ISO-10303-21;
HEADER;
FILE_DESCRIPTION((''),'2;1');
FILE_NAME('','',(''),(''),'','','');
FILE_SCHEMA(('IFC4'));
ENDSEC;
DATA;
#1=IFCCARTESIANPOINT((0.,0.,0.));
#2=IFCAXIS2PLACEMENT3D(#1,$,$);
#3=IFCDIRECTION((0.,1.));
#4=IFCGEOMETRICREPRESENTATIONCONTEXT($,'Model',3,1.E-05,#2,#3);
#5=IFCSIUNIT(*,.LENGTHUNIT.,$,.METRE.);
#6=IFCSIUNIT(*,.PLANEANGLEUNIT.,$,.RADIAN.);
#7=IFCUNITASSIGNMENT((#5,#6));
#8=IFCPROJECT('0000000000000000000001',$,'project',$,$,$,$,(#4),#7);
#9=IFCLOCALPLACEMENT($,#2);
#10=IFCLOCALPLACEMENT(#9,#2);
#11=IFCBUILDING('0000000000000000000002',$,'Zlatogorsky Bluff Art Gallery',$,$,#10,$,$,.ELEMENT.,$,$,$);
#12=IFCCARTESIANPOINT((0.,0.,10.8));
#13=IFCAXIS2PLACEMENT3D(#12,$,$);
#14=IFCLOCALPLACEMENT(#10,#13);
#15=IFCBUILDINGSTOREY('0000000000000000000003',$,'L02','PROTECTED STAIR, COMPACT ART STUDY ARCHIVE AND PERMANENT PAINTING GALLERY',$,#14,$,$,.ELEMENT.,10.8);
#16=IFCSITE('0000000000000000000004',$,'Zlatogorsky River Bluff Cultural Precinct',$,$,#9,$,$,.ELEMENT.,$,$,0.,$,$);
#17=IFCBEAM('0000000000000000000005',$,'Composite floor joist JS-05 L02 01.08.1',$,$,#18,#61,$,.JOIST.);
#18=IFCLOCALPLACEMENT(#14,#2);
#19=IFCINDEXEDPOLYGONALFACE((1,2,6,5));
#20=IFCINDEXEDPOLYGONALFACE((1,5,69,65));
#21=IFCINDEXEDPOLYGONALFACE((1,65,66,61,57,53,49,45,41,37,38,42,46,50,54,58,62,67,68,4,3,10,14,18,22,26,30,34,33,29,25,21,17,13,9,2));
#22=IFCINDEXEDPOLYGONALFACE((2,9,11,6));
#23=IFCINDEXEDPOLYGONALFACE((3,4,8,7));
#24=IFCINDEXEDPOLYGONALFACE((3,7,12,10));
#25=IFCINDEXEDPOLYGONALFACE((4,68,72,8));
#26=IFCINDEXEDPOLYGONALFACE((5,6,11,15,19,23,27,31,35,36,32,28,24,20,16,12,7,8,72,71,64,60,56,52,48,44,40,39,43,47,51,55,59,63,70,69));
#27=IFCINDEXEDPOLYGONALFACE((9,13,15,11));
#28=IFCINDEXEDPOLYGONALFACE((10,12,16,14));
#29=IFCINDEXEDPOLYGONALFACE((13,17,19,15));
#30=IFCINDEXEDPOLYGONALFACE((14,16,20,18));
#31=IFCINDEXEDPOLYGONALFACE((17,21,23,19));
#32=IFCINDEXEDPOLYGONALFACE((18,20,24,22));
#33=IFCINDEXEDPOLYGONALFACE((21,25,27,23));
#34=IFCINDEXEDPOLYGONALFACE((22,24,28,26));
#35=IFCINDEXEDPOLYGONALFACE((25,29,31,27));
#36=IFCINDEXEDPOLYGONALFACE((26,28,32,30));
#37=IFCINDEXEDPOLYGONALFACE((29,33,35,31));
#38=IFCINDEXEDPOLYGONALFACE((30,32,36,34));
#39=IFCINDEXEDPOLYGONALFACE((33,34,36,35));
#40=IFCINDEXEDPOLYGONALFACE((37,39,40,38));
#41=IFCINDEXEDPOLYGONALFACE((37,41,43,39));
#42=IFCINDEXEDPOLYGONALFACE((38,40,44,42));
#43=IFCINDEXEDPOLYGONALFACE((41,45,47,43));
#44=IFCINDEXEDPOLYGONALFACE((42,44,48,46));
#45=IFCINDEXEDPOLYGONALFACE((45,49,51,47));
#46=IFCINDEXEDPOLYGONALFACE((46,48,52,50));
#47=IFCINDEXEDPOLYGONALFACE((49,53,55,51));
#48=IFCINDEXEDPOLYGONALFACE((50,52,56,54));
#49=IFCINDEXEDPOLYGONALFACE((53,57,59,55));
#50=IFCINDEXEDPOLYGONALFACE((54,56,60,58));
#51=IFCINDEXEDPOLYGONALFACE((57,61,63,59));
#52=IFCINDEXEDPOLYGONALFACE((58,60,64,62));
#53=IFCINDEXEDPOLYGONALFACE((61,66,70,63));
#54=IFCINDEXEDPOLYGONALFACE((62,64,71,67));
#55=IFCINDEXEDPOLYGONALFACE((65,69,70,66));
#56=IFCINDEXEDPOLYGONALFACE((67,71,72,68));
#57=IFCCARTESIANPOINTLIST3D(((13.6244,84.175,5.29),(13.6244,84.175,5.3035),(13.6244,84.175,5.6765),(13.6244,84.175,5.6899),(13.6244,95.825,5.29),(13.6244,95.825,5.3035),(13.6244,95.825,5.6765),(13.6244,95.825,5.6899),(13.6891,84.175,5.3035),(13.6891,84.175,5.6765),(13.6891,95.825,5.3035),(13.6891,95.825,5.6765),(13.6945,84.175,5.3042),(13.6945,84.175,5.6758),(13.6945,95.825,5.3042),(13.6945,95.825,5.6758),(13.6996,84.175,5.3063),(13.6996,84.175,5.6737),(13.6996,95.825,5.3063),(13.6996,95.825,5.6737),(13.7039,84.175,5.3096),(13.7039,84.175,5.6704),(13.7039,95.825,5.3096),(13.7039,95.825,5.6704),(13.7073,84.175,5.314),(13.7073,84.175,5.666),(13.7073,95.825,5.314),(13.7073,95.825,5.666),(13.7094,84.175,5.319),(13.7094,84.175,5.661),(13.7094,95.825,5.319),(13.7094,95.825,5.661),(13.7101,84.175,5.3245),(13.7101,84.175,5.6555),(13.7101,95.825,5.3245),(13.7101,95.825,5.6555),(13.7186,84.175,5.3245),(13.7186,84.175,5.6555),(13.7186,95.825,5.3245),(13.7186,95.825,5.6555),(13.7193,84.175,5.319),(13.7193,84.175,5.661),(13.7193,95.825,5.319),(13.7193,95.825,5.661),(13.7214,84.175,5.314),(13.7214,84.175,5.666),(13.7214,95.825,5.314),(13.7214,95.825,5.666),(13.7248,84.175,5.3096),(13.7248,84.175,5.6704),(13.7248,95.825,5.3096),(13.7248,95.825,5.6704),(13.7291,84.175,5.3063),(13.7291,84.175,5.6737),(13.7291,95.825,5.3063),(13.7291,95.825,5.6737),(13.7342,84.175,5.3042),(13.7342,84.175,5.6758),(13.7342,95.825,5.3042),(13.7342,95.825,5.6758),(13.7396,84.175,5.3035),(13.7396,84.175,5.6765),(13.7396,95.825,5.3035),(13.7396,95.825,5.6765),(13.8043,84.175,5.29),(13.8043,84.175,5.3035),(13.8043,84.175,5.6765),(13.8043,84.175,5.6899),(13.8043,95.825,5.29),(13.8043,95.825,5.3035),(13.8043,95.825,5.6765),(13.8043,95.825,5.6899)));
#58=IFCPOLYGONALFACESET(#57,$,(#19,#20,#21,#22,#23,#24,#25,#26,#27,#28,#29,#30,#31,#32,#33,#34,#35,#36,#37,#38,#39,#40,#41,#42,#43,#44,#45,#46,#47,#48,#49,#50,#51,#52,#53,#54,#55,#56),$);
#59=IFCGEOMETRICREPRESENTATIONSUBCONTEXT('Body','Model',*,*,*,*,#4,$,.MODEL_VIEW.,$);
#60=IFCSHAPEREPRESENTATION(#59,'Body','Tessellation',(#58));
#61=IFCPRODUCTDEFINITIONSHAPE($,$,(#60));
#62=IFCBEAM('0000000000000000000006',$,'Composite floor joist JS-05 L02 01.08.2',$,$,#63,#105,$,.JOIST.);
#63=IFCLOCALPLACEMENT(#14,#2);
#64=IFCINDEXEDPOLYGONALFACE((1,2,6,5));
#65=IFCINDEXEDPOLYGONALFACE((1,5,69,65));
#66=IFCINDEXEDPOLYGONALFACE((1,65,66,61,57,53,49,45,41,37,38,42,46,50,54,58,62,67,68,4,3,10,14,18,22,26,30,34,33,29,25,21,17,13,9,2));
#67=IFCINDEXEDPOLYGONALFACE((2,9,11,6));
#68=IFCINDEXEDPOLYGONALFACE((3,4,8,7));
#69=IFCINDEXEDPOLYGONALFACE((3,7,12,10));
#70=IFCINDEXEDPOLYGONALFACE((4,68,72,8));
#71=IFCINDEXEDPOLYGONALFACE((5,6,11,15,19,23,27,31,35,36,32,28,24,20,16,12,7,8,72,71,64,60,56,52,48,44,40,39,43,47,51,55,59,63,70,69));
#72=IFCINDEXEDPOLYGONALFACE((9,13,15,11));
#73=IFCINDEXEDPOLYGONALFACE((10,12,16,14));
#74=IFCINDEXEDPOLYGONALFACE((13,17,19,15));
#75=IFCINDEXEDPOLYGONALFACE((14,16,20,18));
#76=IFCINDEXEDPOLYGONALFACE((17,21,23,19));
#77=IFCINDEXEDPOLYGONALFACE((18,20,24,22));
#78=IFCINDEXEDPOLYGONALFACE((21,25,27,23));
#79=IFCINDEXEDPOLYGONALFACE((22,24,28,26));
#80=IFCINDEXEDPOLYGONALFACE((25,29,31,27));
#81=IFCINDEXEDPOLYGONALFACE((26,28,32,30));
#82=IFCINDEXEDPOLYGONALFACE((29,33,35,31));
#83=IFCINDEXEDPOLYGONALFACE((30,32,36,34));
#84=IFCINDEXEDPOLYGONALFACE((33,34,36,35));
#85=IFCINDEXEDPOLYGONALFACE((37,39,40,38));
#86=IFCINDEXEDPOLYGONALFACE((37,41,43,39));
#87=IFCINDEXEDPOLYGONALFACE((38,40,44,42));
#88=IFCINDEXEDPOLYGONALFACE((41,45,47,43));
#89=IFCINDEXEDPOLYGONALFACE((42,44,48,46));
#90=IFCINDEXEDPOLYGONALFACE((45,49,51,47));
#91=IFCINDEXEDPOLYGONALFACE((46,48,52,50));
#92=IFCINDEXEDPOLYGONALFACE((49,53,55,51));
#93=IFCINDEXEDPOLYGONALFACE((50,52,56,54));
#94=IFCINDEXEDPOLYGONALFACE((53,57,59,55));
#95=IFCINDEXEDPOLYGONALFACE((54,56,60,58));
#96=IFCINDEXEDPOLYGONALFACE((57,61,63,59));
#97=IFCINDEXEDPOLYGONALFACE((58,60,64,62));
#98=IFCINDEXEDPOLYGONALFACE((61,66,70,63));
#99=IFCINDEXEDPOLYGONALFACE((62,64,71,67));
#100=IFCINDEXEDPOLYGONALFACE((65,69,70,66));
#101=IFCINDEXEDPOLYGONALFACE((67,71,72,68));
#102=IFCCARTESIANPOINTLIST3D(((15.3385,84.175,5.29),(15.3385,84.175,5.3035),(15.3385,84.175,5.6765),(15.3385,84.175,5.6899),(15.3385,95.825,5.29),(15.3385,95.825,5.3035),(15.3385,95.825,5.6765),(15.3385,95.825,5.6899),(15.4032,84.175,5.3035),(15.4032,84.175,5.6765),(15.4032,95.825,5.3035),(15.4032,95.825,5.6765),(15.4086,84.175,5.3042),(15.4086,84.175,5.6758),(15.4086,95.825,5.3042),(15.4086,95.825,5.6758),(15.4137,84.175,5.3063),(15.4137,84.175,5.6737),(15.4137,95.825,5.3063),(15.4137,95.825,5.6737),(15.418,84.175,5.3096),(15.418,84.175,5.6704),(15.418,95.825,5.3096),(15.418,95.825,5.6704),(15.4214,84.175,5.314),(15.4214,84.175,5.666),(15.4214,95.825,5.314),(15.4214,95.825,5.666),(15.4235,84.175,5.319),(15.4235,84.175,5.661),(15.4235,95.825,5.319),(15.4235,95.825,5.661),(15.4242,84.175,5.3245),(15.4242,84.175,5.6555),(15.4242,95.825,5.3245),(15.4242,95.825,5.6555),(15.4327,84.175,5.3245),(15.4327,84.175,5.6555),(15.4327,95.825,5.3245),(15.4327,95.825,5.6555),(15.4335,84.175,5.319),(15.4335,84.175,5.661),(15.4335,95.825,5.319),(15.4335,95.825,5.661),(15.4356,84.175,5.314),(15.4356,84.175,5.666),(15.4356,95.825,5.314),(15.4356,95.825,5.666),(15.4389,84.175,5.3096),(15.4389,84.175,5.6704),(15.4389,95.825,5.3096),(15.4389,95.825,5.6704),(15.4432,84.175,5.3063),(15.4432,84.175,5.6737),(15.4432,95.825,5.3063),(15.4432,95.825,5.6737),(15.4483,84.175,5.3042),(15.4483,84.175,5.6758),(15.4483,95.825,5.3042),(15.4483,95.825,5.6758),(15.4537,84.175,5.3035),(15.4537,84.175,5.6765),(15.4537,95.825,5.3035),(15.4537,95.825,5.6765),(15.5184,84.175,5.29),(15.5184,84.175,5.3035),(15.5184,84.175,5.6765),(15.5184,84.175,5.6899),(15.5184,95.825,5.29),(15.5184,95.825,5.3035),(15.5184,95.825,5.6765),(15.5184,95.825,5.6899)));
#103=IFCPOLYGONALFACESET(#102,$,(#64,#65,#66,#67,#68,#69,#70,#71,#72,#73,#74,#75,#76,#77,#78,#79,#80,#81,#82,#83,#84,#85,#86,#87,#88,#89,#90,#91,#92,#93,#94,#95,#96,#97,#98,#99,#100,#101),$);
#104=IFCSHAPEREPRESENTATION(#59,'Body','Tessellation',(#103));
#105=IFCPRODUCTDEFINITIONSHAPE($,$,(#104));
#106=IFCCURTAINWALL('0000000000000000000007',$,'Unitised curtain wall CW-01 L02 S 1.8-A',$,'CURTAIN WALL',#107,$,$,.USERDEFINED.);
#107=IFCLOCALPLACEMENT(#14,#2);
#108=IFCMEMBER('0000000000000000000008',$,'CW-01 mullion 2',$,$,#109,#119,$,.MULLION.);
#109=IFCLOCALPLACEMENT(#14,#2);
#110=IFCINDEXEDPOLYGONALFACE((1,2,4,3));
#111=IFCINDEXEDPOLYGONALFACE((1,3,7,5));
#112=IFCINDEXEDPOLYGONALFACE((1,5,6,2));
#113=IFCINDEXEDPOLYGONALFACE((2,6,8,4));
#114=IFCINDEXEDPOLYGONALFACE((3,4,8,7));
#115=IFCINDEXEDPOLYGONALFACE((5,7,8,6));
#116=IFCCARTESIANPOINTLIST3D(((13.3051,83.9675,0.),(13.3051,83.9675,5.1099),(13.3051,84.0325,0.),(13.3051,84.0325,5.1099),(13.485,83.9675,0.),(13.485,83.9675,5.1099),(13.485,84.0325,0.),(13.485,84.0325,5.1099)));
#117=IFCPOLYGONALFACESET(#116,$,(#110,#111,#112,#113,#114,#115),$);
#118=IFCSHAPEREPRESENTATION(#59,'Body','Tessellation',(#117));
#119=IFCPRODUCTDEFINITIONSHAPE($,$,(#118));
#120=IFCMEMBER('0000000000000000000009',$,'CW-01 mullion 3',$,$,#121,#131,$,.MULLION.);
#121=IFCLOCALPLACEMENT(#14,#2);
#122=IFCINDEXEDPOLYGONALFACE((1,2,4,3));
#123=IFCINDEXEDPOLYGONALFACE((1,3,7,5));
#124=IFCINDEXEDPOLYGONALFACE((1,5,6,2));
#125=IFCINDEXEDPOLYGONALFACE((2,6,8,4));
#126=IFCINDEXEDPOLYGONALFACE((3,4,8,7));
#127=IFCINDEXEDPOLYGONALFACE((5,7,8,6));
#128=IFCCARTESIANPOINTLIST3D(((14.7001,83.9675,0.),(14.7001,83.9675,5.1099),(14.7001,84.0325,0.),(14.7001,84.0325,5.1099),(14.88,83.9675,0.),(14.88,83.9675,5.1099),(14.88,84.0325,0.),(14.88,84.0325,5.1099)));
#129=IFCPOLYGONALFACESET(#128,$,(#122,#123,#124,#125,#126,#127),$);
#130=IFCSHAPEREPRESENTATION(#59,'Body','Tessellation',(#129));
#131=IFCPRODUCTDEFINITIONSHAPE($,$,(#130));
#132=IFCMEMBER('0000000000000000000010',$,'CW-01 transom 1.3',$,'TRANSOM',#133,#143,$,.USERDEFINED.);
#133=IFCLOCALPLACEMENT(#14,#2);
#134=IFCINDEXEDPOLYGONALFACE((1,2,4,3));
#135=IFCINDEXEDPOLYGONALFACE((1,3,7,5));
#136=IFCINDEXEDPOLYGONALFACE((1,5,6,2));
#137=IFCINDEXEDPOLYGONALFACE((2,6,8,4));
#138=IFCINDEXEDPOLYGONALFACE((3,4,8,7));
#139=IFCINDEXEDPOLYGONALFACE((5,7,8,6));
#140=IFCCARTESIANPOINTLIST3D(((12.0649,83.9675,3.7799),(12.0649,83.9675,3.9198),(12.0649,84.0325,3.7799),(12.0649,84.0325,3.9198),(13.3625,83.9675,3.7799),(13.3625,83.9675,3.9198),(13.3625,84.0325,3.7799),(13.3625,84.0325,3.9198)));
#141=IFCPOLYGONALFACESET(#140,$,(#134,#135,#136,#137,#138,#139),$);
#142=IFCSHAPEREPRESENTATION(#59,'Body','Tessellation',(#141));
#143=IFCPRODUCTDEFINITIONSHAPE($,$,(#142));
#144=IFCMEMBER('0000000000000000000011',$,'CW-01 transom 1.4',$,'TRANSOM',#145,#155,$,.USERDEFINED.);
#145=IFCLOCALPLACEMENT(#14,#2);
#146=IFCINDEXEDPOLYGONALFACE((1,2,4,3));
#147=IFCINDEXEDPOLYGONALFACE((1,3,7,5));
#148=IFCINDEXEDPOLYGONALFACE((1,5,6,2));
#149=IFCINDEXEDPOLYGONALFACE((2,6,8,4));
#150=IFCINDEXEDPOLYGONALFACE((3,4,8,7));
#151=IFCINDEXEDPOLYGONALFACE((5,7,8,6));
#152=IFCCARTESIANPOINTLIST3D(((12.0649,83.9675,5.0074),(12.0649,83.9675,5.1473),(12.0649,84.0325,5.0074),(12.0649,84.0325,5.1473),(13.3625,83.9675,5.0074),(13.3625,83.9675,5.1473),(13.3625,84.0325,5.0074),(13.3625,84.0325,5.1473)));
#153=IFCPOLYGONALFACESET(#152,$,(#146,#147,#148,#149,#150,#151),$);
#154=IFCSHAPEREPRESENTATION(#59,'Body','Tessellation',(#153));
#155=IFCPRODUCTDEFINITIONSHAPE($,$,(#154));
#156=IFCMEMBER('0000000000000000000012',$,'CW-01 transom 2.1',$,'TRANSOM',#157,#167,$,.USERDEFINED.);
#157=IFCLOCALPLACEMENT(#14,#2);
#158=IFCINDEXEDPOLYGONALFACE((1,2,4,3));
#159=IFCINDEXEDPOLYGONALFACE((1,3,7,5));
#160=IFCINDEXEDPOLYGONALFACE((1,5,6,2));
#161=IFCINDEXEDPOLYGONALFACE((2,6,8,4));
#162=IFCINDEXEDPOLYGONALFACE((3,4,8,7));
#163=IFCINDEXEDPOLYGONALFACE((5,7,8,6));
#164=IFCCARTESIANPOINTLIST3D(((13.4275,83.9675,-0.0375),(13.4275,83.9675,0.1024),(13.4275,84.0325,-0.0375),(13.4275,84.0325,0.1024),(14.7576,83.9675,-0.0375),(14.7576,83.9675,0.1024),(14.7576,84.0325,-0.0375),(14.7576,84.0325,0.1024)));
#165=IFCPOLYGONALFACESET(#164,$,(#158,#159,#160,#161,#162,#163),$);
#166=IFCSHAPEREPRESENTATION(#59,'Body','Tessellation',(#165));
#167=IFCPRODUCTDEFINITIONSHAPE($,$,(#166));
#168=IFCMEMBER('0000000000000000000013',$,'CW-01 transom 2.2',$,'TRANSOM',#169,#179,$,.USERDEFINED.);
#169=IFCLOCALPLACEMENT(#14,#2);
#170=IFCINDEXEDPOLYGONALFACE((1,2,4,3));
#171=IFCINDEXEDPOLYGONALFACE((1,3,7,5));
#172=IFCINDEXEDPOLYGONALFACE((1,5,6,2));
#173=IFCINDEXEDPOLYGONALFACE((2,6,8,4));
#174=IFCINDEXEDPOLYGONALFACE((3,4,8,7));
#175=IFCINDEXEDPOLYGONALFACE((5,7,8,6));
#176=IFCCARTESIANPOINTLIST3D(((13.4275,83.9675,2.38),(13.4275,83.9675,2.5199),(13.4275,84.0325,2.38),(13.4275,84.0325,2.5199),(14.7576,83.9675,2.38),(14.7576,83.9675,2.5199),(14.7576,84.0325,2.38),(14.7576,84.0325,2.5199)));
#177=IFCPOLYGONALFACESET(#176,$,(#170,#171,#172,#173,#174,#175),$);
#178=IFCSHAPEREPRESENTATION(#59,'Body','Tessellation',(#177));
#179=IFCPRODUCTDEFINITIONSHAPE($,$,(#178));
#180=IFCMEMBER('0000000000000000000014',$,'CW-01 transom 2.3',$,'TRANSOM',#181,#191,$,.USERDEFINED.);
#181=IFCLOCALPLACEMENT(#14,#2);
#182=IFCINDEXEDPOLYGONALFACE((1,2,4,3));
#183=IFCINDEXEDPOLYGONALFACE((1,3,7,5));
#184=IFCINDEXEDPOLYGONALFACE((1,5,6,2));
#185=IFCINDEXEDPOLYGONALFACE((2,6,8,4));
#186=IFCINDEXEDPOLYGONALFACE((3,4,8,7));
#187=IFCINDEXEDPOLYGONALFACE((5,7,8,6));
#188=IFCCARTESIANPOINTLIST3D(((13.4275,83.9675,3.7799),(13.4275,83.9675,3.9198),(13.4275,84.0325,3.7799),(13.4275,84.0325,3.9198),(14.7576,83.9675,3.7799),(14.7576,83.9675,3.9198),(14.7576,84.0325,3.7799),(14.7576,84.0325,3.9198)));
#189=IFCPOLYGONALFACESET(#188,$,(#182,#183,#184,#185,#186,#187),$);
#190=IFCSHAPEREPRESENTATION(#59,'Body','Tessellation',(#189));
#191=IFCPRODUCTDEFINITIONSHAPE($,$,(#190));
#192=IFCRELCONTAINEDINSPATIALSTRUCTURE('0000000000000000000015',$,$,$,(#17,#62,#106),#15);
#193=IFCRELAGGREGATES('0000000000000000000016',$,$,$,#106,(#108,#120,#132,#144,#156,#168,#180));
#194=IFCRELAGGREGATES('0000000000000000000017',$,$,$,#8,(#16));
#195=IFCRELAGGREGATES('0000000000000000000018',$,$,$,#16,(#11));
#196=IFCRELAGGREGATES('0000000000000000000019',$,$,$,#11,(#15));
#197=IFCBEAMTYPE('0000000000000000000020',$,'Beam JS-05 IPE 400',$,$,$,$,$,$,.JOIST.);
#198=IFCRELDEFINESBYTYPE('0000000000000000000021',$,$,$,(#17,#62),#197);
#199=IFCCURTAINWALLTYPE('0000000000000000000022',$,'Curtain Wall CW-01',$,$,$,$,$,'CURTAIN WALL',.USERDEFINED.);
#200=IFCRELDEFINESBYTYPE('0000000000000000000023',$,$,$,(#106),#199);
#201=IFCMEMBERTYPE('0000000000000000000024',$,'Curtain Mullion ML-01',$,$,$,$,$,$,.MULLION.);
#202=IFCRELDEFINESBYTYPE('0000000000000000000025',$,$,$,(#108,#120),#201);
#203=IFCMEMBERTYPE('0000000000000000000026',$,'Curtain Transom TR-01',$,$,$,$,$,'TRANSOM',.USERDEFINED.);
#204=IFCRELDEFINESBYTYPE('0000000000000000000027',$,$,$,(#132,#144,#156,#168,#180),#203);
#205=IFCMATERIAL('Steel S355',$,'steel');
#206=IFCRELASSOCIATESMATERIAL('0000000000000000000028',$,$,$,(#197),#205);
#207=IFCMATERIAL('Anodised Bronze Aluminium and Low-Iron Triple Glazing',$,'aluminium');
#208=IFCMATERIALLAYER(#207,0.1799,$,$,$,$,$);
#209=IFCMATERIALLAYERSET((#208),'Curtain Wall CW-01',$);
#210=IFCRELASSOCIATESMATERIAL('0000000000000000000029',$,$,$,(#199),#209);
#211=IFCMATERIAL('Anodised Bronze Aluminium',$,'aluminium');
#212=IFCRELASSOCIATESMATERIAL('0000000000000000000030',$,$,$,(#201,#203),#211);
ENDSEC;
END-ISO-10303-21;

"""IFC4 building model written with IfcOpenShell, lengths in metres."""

from ifc_helpers import new_model, si_unit, direction, frame, origin, origin_2d, place, context, subcontext, project, spatial, rectangle, i_section, extrude, material, layer, layer_set, material_profile, profile_set, type_object, element, aggregate, save


model = new_model("IFC4")

# Units and contexts
model_context = context("Model", 3, precision=1e-05, world=origin(), true_north=direction((0.0, 1.0)))
body_context = subcontext(model_context, "Body", "Model", "MODEL_VIEW")
ifc_project = project(units=[si_unit("LENGTHUNIT", "METRE"), si_unit("PLANEANGLEUNIT", "RADIAN")], contexts=[model_context])

# Site, building, storey
site_placement = place(None, origin())
site = spatial("IfcSite", under=ifc_project, at=site_placement, Name="Zlatogorsky River Bluff Cultural Precinct", CompositionType="ELEMENT", RefElevation=0.0)
building_placement = place(site_placement, origin())
building = spatial("IfcBuilding", under=site, at=building_placement, Name="Zlatogorsky Bluff Art Gallery", CompositionType="ELEMENT")
storey_placement = place(building_placement, frame((0.0, 0.0, 10.8)))
storey = spatial("IfcBuildingStorey", under=building, at=storey_placement, Name="L02", Description="PROTECTED STAIR, COMPACT ART STUDY ARCHIVE AND PERMANENT PAINTING GALLERY", CompositionType="ELEMENT", Elevation=10.8)

# Beams
ifc_material_1 = material(Name="Steel S355", Category="steel")
ifc_material_profile_1 = material_profile(ifc_material_1, i_section(OverallWidth=0.1799, OverallDepth=0.3999, WebThickness=0.0085, FlangeThickness=0.0134, FilletRadius=0.021, at=origin_2d()), Name="IPE 400")
ifc_profile_set_1 = profile_set([ifc_material_profile_1], Name="Steel S355")
beam_type = type_object("IfcBeamType", Name="Beam JS-05 IPE 400", PredefinedType="JOIST", material=ifc_profile_set_1)
for number, where, z_axis, x_axis, name in (
    (1, (13.7144, 84.175, 5.49), (0.0, 1.0, 0.0), (-1.0, 0.0, 0.0), "Composite floor joist JS-05 L02 01.08.1"),
    (2, (15.4285, 84.175, 5.49), (0.0, 1.0, 0.0), (-1.0, 0.0, 0.0), "Composite floor joist JS-05 L02 01.08.2"),
):
    element("IfcBeam", number, at=place(storey_placement, frame(where, z_axis=z_axis, x_axis=x_axis)), inside=storey, type_object=beam_type, Name=name, PredefinedType="JOIST", context=body_context, shape_type="SweptSolid", body=[
        extrude(i_section(OverallWidth=0.1799, OverallDepth=0.3999, WebThickness=0.0085, FlangeThickness=0.0134, FilletRadius=0.021, at=origin_2d()), origin(), (0.0, 0.0, 1.0), 11.6499),
    ])

# Curtain wall, members
ifc_material_2 = material(Name="Anodised Bronze Aluminium and Low-Iron Triple Glazing", Category="aluminium")
ifc_layer_1 = layer(ifc_material_2, 0.1799)
ifc_layer_set_1 = layer_set([ifc_layer_1], Name="Curtain Wall CW-01")
curtain_wall_type = type_object("IfcCurtainWallType", Name="Curtain Wall CW-01", ElementType="CURTAIN WALL", PredefinedType="USERDEFINED", material=ifc_layer_set_1)
curtain_wall_placement = place(storey_placement, origin())
curtain_wall = element("IfcCurtainWall", 3, at=curtain_wall_placement, inside=storey, type_object=curtain_wall_type, Name="Unitised curtain wall CW-01 L02 S 1.8-A", ObjectType="CURTAIN WALL", PredefinedType="USERDEFINED")
ifc_material_3 = material(Name="Anodised Bronze Aluminium", Category="aluminium")
ifc_material_profile_2 = material_profile(ifc_material_3, rectangle(XDim=0.0649, YDim=0.1799, at=origin_2d()), Name="ALU MULLION 65x180")
ifc_profile_set_2 = profile_set([ifc_material_profile_2], Name="Anodised Bronze Aluminium")
member_type_1 = type_object("IfcMemberType", Name="Curtain Mullion ML-01", PredefinedType="MULLION", material=ifc_profile_set_2)
member_1_placement = place(storey_placement, frame((13.395, 84.0, 0.0), z_axis=(0.0, 0.0, 1.0), x_axis=(0.0, 1.0, 0.0)))
member_1 = element("IfcMember", 4, at=member_1_placement, type_object=member_type_1, Name="CW-01 mullion 2", PredefinedType="MULLION", context=body_context, shape_type="SweptSolid", body=[
    extrude(rectangle(XDim=0.0649, YDim=0.1799, at=origin_2d()), origin(), (0.0, 0.0, 1.0), 5.1099),
])
member_2_placement = place(storey_placement, frame((14.79, 84.0, 0.0), z_axis=(0.0, 0.0, 1.0), x_axis=(0.0, 1.0, 0.0)))
member_2 = element("IfcMember", 5, at=member_2_placement, type_object=member_type_1, Name="CW-01 mullion 3", PredefinedType="MULLION", context=body_context, shape_type="SweptSolid", body=[
    extrude(rectangle(XDim=0.0649, YDim=0.1799, at=origin_2d()), origin(), (0.0, 0.0, 1.0), 5.1099),
])
ifc_material_profile_3 = material_profile(ifc_material_3, rectangle(XDim=0.0649, YDim=0.1399, at=origin_2d()), Name="ALU TRANSOM 65x140")
ifc_profile_set_3 = profile_set([ifc_material_profile_3], Name="Anodised Bronze Aluminium")
member_type_2 = type_object("IfcMemberType", Name="Curtain Transom TR-01", ElementType="TRANSOM", PredefinedType="USERDEFINED", material=ifc_profile_set_3)
member_3_placement = place(storey_placement, frame((12.0649, 84.0, 3.8499), z_axis=(1.0, 0.0, 0.0), x_axis=(0.0, 1.0, 0.0)))
member_3 = element("IfcMember", 6, at=member_3_placement, type_object=member_type_2, Name="CW-01 transom 1.3", ObjectType="TRANSOM", PredefinedType="USERDEFINED", context=body_context, shape_type="SweptSolid", body=[
    extrude(rectangle(XDim=0.0649, YDim=0.1399, at=origin_2d()), origin(), (0.0, 0.0, 1.0), 1.2976),
])
member_4_placement = place(storey_placement, frame((12.0649, 84.0, 5.0774), z_axis=(1.0, 0.0, 0.0), x_axis=(0.0, 1.0, 0.0)))
member_4 = element("IfcMember", 7, at=member_4_placement, type_object=member_type_2, Name="CW-01 transom 1.4", ObjectType="TRANSOM", PredefinedType="USERDEFINED", context=body_context, shape_type="SweptSolid", body=[
    extrude(rectangle(XDim=0.0649, YDim=0.1399, at=origin_2d()), origin(), (0.0, 0.0, 1.0), 1.2976),
])
member_5_placement = place(storey_placement, frame((13.4275, 84.0, 0.0325), z_axis=(1.0, 0.0, 0.0), x_axis=(0.0, 1.0, 0.0)))
member_5 = element("IfcMember", 8, at=member_5_placement, type_object=member_type_2, Name="CW-01 transom 2.1", ObjectType="TRANSOM", PredefinedType="USERDEFINED", context=body_context, shape_type="SweptSolid", body=[
    extrude(rectangle(XDim=0.0649, YDim=0.1399, at=origin_2d()), origin(), (0.0, 0.0, 1.0), 1.3301),
])
member_6_placement = place(storey_placement, frame((13.4275, 84.0, 2.45), z_axis=(1.0, 0.0, 0.0), x_axis=(0.0, 1.0, 0.0)))
member_6 = element("IfcMember", 9, at=member_6_placement, type_object=member_type_2, Name="CW-01 transom 2.2", ObjectType="TRANSOM", PredefinedType="USERDEFINED", context=body_context, shape_type="SweptSolid", body=[
    extrude(rectangle(XDim=0.0649, YDim=0.1399, at=origin_2d()), origin(), (0.0, 0.0, 1.0), 1.3301),
])
member_7_placement = place(storey_placement, frame((13.4275, 84.0, 3.8499), z_axis=(1.0, 0.0, 0.0), x_axis=(0.0, 1.0, 0.0)))
member_7 = element("IfcMember", 10, at=member_7_placement, type_object=member_type_2, Name="CW-01 transom 2.3", ObjectType="TRANSOM", PredefinedType="USERDEFINED", context=body_context, shape_type="SweptSolid", body=[
    extrude(rectangle(XDim=0.0649, YDim=0.1399, at=origin_2d()), origin(), (0.0, 0.0, 1.0), 1.3301),
])
aggregate(curtain_wall, [member_1, member_2, member_3, member_4, member_5, member_6, member_7])

save(model, "model.ifc")
